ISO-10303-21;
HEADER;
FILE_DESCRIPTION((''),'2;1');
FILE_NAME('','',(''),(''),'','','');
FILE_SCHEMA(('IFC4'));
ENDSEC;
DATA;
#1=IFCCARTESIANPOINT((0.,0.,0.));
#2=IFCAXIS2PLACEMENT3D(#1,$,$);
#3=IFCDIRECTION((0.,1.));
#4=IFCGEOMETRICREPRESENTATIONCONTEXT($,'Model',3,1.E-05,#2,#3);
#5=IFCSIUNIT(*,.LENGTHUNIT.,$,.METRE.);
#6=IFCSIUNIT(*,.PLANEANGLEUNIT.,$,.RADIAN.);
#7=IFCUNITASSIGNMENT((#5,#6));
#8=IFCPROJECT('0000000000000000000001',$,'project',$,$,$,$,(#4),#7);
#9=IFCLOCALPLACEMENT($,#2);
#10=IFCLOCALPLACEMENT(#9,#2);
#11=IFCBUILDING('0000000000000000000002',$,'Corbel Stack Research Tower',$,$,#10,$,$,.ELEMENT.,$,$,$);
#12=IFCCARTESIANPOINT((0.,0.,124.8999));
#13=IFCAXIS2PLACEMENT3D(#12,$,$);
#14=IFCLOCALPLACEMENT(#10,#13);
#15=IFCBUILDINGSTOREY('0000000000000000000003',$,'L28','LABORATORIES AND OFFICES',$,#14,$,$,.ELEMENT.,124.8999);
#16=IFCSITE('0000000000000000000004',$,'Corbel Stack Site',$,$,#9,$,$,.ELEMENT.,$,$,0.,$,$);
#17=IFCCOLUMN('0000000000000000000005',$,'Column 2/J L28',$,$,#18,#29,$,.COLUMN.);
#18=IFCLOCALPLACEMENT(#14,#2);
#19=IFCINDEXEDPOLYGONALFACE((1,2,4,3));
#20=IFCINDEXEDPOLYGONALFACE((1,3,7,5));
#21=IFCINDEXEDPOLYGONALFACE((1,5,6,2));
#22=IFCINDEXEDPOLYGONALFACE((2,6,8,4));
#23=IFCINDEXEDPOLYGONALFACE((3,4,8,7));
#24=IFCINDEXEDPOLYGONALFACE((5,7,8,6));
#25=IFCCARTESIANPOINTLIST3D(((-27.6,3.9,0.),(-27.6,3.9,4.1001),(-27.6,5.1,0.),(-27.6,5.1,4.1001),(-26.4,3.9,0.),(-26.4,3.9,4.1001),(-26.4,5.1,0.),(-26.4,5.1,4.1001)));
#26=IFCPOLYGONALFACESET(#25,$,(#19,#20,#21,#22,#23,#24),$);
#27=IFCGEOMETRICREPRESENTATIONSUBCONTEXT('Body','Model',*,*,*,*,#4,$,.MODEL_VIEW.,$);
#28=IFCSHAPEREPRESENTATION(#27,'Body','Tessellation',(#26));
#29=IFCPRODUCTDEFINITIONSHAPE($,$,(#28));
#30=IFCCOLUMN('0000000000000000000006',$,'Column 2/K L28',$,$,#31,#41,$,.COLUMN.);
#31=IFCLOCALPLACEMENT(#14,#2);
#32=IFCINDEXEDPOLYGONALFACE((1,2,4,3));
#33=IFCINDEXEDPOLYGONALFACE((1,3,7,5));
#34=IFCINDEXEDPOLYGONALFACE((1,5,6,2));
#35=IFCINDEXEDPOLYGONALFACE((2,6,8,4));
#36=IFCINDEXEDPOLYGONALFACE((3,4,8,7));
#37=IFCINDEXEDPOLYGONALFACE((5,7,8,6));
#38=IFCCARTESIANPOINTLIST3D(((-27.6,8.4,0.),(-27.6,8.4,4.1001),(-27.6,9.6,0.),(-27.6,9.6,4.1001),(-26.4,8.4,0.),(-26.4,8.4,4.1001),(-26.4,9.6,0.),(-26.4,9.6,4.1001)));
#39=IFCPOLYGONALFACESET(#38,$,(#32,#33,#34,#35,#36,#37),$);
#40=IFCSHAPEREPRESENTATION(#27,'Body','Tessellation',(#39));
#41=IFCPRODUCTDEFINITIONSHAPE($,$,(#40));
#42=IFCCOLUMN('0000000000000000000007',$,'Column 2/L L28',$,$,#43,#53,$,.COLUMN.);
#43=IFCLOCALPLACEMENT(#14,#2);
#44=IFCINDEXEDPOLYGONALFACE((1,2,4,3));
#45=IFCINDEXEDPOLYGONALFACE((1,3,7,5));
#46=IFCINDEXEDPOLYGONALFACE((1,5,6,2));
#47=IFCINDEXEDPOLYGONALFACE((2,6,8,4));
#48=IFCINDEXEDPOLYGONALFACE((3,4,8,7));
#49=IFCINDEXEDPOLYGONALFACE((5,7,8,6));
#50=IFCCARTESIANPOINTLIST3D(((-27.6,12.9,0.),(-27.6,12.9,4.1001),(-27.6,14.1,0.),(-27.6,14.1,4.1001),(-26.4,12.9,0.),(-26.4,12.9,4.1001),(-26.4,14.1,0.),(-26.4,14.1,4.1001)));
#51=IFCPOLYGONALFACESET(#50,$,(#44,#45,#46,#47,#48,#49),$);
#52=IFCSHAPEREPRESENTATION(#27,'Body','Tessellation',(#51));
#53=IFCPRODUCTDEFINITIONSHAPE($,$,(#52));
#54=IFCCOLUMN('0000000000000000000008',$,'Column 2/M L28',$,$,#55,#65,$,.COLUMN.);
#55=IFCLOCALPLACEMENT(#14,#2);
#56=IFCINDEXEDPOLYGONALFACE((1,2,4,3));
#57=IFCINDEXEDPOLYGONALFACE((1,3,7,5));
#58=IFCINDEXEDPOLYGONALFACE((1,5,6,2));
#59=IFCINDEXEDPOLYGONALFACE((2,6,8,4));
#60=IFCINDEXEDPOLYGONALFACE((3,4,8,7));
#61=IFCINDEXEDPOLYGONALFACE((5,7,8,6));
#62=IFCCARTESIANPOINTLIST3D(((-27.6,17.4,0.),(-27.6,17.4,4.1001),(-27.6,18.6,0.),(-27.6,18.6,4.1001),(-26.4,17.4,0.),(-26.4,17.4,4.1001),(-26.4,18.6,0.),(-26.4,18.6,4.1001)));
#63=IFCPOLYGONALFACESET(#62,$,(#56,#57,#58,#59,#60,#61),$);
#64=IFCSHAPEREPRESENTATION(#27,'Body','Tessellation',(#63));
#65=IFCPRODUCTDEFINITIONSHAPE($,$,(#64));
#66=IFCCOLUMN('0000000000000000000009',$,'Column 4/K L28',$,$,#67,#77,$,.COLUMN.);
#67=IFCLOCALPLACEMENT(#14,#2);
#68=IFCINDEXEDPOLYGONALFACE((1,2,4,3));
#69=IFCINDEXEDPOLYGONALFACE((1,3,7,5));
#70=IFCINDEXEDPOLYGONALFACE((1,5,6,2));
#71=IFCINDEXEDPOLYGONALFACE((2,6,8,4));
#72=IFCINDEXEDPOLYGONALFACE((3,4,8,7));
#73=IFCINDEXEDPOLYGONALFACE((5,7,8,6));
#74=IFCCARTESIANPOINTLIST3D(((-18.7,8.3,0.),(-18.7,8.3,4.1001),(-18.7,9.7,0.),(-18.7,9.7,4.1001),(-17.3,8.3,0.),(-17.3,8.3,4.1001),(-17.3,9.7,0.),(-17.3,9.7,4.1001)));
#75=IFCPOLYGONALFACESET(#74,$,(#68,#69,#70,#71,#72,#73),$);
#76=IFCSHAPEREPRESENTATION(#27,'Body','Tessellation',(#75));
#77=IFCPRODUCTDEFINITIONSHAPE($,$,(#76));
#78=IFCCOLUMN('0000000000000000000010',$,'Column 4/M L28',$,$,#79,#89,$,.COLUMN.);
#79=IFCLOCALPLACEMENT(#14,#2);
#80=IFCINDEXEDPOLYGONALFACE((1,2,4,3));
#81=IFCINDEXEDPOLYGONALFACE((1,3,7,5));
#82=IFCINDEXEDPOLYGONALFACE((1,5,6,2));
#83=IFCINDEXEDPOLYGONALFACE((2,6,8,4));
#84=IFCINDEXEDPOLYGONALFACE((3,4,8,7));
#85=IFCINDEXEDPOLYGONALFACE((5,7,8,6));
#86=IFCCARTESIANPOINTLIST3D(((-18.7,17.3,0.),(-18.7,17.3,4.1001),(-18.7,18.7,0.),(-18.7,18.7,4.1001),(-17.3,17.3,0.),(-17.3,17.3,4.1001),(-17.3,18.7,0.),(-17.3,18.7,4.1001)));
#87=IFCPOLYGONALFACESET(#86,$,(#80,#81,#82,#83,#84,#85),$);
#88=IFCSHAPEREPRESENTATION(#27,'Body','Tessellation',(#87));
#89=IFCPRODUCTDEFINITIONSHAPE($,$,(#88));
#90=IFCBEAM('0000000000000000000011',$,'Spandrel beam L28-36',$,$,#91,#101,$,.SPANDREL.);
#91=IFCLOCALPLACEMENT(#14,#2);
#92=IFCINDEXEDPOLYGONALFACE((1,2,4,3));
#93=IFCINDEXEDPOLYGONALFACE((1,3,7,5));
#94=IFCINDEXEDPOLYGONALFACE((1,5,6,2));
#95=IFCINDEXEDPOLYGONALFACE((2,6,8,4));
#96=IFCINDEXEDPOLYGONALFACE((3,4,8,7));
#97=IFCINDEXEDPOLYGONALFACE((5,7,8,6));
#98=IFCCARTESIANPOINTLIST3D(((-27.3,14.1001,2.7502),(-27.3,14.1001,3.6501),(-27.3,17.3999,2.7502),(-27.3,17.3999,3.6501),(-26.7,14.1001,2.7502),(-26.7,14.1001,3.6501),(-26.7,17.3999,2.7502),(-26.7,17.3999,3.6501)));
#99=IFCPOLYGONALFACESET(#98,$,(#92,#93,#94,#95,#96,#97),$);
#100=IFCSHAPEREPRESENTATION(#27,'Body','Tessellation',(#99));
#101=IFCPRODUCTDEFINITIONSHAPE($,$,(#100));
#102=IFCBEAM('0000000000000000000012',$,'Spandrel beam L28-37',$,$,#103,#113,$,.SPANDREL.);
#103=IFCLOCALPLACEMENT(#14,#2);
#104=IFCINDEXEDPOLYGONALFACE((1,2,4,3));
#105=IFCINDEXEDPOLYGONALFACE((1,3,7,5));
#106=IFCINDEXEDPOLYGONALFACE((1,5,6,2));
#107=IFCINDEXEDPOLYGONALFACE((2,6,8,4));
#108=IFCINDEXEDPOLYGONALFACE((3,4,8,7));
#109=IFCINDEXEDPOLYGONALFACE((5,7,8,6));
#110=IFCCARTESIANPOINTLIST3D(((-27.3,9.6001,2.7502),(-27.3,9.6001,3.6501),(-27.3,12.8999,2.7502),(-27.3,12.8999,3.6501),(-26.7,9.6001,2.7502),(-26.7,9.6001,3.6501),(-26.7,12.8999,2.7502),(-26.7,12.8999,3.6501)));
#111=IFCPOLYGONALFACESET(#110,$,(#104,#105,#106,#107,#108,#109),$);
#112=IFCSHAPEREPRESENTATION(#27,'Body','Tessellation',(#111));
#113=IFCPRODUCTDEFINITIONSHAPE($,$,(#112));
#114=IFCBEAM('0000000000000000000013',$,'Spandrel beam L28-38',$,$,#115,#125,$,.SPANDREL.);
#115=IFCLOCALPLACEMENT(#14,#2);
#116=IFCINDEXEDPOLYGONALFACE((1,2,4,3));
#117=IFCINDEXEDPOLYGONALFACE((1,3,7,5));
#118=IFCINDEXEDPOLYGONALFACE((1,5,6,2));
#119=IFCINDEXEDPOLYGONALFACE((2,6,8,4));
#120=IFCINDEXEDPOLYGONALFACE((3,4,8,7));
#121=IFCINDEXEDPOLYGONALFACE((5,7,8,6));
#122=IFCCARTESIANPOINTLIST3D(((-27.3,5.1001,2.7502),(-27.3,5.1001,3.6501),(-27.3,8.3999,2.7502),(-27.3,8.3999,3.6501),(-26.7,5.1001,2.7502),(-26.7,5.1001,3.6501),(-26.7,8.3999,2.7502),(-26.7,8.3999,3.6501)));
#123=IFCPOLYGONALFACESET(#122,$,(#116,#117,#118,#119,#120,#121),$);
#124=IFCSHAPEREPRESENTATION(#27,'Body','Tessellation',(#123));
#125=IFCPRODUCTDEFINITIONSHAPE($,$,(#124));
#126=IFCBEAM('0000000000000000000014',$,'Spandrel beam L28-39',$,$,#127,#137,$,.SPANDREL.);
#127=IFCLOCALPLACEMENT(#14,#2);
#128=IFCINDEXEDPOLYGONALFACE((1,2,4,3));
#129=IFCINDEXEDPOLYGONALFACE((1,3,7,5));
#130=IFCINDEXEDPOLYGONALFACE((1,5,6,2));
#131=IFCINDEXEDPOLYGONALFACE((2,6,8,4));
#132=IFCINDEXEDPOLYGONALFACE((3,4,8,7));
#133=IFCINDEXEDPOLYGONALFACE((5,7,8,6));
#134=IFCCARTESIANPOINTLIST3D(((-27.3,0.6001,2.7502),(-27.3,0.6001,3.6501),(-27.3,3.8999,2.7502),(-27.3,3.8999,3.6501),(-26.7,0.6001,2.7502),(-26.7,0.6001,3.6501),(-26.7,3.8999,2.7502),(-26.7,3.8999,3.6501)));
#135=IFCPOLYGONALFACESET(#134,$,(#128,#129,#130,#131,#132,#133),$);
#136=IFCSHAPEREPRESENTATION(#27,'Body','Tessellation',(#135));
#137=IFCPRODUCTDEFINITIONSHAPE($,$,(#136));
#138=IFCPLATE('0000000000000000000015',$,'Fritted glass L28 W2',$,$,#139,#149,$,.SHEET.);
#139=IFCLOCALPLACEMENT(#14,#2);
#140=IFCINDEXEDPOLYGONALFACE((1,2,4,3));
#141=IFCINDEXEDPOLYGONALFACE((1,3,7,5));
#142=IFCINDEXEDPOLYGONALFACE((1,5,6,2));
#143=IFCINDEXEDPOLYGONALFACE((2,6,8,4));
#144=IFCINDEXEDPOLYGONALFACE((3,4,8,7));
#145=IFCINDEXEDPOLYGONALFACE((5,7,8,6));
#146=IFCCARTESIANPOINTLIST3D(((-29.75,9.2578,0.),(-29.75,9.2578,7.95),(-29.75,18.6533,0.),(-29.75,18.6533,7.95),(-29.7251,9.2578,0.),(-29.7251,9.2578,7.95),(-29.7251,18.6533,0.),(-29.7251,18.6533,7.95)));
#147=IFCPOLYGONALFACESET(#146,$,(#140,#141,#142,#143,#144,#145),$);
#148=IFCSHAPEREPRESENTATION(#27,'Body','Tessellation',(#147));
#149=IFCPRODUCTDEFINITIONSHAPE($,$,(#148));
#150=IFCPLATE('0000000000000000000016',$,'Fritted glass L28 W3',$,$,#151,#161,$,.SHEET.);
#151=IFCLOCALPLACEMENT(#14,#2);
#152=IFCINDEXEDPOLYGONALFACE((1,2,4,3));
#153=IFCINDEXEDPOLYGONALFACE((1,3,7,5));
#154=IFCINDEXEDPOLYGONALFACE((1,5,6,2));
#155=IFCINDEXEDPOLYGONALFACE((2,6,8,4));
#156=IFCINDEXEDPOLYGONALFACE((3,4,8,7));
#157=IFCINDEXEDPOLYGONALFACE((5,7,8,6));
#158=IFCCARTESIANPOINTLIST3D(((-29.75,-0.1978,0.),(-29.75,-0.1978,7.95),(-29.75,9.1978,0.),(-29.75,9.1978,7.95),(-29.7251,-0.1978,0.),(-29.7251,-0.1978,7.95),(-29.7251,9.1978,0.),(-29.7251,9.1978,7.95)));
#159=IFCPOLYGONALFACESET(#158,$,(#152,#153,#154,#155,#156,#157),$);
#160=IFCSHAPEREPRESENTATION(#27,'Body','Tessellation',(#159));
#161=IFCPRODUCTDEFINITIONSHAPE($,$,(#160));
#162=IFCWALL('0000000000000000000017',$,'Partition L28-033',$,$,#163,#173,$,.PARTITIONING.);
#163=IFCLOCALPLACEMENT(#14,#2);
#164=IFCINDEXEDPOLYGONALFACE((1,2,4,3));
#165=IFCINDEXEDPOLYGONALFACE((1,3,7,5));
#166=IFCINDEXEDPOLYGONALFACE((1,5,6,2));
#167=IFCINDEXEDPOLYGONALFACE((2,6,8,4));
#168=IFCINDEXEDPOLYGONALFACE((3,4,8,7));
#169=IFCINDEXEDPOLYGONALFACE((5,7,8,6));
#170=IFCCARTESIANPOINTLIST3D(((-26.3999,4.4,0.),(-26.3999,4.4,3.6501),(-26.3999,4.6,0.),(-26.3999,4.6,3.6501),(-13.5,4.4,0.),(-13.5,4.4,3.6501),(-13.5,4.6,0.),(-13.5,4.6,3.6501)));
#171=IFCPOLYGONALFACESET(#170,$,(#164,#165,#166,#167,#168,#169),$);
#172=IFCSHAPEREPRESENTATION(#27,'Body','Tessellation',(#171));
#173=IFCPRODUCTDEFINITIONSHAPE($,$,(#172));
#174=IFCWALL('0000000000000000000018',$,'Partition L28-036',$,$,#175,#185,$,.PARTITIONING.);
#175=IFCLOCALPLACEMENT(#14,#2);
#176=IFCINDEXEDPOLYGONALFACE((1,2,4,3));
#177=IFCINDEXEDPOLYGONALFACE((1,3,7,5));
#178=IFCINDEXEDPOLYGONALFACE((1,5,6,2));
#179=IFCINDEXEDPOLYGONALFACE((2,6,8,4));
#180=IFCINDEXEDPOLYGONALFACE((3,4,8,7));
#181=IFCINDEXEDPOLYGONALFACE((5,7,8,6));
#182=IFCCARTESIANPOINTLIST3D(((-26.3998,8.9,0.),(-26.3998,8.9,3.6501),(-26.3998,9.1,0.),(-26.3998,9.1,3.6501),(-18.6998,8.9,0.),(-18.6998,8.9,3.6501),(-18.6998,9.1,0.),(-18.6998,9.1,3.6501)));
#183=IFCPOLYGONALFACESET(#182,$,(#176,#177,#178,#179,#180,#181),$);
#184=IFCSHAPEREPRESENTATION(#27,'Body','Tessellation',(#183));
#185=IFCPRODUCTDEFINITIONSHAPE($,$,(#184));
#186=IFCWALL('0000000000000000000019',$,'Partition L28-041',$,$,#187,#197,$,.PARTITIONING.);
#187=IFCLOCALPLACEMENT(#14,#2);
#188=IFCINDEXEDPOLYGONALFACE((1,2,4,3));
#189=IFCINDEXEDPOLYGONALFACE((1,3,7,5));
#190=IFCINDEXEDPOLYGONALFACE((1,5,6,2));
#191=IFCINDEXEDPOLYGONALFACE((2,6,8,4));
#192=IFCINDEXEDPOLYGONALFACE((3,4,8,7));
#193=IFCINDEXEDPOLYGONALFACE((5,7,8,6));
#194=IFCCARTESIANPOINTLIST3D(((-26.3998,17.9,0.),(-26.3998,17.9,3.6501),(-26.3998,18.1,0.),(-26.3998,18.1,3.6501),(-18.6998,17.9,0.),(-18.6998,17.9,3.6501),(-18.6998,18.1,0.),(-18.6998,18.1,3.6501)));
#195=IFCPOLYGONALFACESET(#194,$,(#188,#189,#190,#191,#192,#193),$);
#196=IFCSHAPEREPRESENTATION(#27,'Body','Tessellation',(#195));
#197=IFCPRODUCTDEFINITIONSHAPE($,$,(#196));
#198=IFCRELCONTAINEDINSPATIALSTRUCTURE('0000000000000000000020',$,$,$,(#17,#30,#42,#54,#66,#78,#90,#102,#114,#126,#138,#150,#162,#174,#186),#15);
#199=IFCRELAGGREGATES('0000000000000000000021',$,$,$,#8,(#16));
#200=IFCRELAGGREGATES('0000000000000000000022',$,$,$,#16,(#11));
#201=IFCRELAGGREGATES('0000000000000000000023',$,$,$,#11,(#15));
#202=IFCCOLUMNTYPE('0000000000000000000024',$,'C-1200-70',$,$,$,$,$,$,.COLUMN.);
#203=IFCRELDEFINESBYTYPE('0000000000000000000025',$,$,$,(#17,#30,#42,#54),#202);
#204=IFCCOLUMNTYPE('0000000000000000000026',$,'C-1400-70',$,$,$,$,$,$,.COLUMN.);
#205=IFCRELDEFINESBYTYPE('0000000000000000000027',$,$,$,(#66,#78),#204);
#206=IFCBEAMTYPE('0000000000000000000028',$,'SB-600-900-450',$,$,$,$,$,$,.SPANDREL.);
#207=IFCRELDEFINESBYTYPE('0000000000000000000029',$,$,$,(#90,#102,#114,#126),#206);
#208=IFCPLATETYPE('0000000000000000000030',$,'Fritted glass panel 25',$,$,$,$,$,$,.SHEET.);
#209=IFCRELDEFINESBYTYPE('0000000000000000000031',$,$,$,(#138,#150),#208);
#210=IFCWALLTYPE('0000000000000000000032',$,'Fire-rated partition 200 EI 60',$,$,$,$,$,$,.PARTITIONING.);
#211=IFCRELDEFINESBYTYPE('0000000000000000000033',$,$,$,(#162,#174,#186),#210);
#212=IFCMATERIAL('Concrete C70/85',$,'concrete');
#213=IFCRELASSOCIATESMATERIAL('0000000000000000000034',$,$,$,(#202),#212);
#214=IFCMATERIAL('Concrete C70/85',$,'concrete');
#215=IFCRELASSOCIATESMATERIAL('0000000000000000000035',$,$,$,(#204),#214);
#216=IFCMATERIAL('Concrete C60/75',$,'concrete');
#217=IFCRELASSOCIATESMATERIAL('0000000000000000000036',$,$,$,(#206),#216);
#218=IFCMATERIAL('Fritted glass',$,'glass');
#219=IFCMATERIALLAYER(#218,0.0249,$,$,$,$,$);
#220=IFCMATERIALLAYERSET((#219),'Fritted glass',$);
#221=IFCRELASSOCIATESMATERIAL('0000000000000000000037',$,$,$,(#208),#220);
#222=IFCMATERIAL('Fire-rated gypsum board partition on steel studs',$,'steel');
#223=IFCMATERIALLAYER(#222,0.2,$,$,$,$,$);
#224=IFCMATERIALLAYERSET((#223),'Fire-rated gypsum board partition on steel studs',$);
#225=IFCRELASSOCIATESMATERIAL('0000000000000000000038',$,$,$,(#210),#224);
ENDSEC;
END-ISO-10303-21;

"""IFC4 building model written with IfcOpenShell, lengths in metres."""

from ifc_helpers import new_model, si_unit, direction, frame, frame_2d, origin, origin_2d, place, context, subcontext, project, spatial, rectangle, extrude, material, layer, layer_set, material_profile, profile_set, type_object, element, save


model = new_model("IFC4")

# Units and contexts
model_context = context("Model", 3, precision=1e-05, world=origin(), true_north=direction((0.0, 1.0)))
body_context = subcontext(model_context, "Body", "Model", "MODEL_VIEW")
ifc_project = project(units=[si_unit("LENGTHUNIT", "METRE"), si_unit("PLANEANGLEUNIT", "RADIAN")], contexts=[model_context])

# Site, building, storey
site_placement = place(None, origin())
site = spatial("IfcSite", under=ifc_project, at=site_placement, Name="Corbel Stack Site", CompositionType="ELEMENT", RefElevation=0.0)
building_placement = place(site_placement, origin())
building = spatial("IfcBuilding", under=site, at=building_placement, Name="Corbel Stack Research Tower", CompositionType="ELEMENT")
storey_placement = place(building_placement, frame((0.0, 0.0, 124.8999)))
storey = spatial("IfcBuildingStorey", under=building, at=storey_placement, Name="L28", Description="LABORATORIES AND OFFICES", CompositionType="ELEMENT", Elevation=124.8999)

# Columns
ifc_material_1 = material(Name="Concrete C70/85", Category="concrete")
ifc_material_profile_1 = material_profile(ifc_material_1, rectangle(XDim=1.2, YDim=1.2, at=origin_2d()), Name="RC 1200 x 1200")
ifc_profile_set_1 = profile_set([ifc_material_profile_1], Name="Concrete C70/85")
column_type_1 = type_object("IfcColumnType", Name="C-1200-70", PredefinedType="COLUMN", material=ifc_profile_set_1)
for number, where, z_axis, x_axis, name in (
    (1, (-27.0, 4.5, 0.0), (0.0, 0.0, 1.0), (1.0, 0.0, 0.0), "Column 2/J L28"),
    (2, (-27.0, 9.0, 0.0), (0.0, 0.0, 1.0), (1.0, 0.0, 0.0), "Column 2/K L28"),
    (3, (-27.0, 13.5, 0.0), (0.0, 0.0, 1.0), (1.0, 0.0, 0.0), "Column 2/L L28"),
    (4, (-27.0, 18.0, 0.0), (0.0, 0.0, 1.0), (1.0, 0.0, 0.0), "Column 2/M L28"),
):
    element("IfcColumn", number, at=place(storey_placement, frame(where, z_axis=z_axis, x_axis=x_axis)), inside=storey, type_object=column_type_1, Name=name, PredefinedType="COLUMN", context=body_context, shape_type="SweptSolid", body=[
        extrude(rectangle(XDim=1.2, YDim=1.2, at=origin_2d()), origin(), (0.0, 0.0, 1.0), 4.1001),
    ])
ifc_material_2 = material(Name="Concrete C70/85", Category="concrete")
ifc_material_profile_2 = material_profile(ifc_material_2, rectangle(XDim=1.3999, YDim=1.3999, at=origin_2d()), Name="RC 1400 x 1400")
ifc_profile_set_2 = profile_set([ifc_material_profile_2], Name="Concrete C70/85")
column_type_2 = type_object("IfcColumnType", Name="C-1400-70", PredefinedType="COLUMN", material=ifc_profile_set_2)
for number, where, z_axis, x_axis, name in (
    (5, (-18.0, 9.0, 0.0), (0.0, 0.0, 1.0), (1.0, 0.0, 0.0), "Column 4/K L28"),
    (6, (-18.0, 18.0, 0.0), (0.0, 0.0, 1.0), (1.0, 0.0, 0.0), "Column 4/M L28"),
):
    element("IfcColumn", number, at=place(storey_placement, frame(where, z_axis=z_axis, x_axis=x_axis)), inside=storey, type_object=column_type_2, Name=name, PredefinedType="COLUMN", context=body_context, shape_type="SweptSolid", body=[
        extrude(rectangle(XDim=1.3999, YDim=1.3999, at=origin_2d()), origin(), (0.0, 0.0, 1.0), 4.1001),
    ])

# Beams
ifc_material_3 = material(Name="Concrete C60/75", Category="concrete")
ifc_material_profile_3 = material_profile(ifc_material_3, rectangle(XDim=0.6001, YDim=0.8999, at=origin_2d()), Name="RC 600 x 900")
ifc_profile_set_3 = profile_set([ifc_material_profile_3], Name="Concrete C60/75")
beam_type = type_object("IfcBeamType", Name="SB-600-900-450", PredefinedType="SPANDREL", material=ifc_profile_set_3)
for number, where, z_axis, x_axis, name in (
    (7, (-27.0, 17.3999, 3.2002), (0.0, -1.0, 0.0), (1.0, 0.0, 0.0), "Spandrel beam L28-36"),
    (8, (-27.0, 12.8999, 3.2002), (0.0, -1.0, 0.0), (1.0, 0.0, 0.0), "Spandrel beam L28-37"),
    (9, (-27.0, 8.3999, 3.2002), (0.0, -1.0, 0.0), (1.0, 0.0, 0.0), "Spandrel beam L28-38"),
    (10, (-27.0, 3.8999, 3.2002), (0.0, -1.0, 0.0), (1.0, 0.0, 0.0), "Spandrel beam L28-39"),
):
    element("IfcBeam", number, at=place(storey_placement, frame(where, z_axis=z_axis, x_axis=x_axis)), inside=storey, type_object=beam_type, Name=name, PredefinedType="SPANDREL", context=body_context, shape_type="SweptSolid", body=[
        extrude(rectangle(XDim=0.6001, YDim=0.8999, at=origin_2d()), origin(), (0.0, 0.0, 1.0), 3.2998),
    ])

# Plates
ifc_material_4 = material(Name="Fritted glass", Category="glass")
ifc_layer_1 = layer(ifc_material_4, 0.0249)
ifc_layer_set_1 = layer_set([ifc_layer_1], Name="Fritted glass")
plate_type = type_object("IfcPlateType", Name="Fritted glass panel 25", PredefinedType="SHEET", material=ifc_layer_set_1)
for number, where, z_axis, x_axis, name in (
    (11, (-29.7375, 13.9556, 0.0), (0.0, 0.0, 1.0), (0.0, -1.0, 0.0), "Fritted glass L28 W2"),
    (12, (-29.7375, 4.5, 0.0), (0.0, 0.0, 1.0), (0.0, -1.0, 0.0), "Fritted glass L28 W3"),
):
    element("IfcPlate", number, at=place(storey_placement, frame(where, z_axis=z_axis, x_axis=x_axis)), inside=storey, type_object=plate_type, Name=name, PredefinedType="SHEET", context=body_context, shape_type="SweptSolid", body=[
        extrude(rectangle(XDim=9.3955, YDim=0.0249, at=origin_2d()), origin(), (0.0, 0.0, 1.0), 7.95),
    ])

# Walls
ifc_material_5 = material(Name="Fire-rated gypsum board partition on steel studs", Category="steel")
ifc_layer_2 = layer(ifc_material_5, 0.2)
ifc_layer_set_2 = layer_set([ifc_layer_2], Name="Fire-rated gypsum board partition on steel studs")
wall_type_1 = type_object("IfcWallType", Name="Fire-rated partition 200 EI 60", PredefinedType="PARTITIONING", material=ifc_layer_set_2)
wall_1_placement = place(storey_placement, frame((-26.3999, 4.5, 0.0), z_axis=(0.0, 0.0, 1.0), x_axis=(1.0, 0.0, 0.0)))
element("IfcWall", 13, at=wall_1_placement, inside=storey, type_object=wall_type_1, Name="Partition L28-033", PredefinedType="PARTITIONING", context=body_context, shape_type="SweptSolid", body=[
    extrude(rectangle(XDim=12.8999, YDim=0.2, at=frame_2d((6.45, 0.0))), origin(), (0.0, 0.0, 1.0), 3.6501),
])
for number, where, z_axis, x_axis, name in (
    (14, (-26.3999, 9.0, 0.0), (0.0, 0.0, 1.0), (1.0, 0.0, 0.0), "Partition L28-036"),
    (15, (-26.3999, 18.0, 0.0), (0.0, 0.0, 1.0), (1.0, 0.0, 0.0), "Partition L28-041"),
):
    element("IfcWall", number, at=place(storey_placement, frame(where, z_axis=z_axis, x_axis=x_axis)), inside=storey, type_object=wall_type_1, Name=name, PredefinedType="PARTITIONING", context=body_context, shape_type="SweptSolid", body=[
        extrude(rectangle(XDim=7.7, YDim=0.2, at=frame_2d((3.8501, 0.0))), origin(), (0.0, 0.0, 1.0), 3.6501),
    ])

save(model, "model.ifc")
